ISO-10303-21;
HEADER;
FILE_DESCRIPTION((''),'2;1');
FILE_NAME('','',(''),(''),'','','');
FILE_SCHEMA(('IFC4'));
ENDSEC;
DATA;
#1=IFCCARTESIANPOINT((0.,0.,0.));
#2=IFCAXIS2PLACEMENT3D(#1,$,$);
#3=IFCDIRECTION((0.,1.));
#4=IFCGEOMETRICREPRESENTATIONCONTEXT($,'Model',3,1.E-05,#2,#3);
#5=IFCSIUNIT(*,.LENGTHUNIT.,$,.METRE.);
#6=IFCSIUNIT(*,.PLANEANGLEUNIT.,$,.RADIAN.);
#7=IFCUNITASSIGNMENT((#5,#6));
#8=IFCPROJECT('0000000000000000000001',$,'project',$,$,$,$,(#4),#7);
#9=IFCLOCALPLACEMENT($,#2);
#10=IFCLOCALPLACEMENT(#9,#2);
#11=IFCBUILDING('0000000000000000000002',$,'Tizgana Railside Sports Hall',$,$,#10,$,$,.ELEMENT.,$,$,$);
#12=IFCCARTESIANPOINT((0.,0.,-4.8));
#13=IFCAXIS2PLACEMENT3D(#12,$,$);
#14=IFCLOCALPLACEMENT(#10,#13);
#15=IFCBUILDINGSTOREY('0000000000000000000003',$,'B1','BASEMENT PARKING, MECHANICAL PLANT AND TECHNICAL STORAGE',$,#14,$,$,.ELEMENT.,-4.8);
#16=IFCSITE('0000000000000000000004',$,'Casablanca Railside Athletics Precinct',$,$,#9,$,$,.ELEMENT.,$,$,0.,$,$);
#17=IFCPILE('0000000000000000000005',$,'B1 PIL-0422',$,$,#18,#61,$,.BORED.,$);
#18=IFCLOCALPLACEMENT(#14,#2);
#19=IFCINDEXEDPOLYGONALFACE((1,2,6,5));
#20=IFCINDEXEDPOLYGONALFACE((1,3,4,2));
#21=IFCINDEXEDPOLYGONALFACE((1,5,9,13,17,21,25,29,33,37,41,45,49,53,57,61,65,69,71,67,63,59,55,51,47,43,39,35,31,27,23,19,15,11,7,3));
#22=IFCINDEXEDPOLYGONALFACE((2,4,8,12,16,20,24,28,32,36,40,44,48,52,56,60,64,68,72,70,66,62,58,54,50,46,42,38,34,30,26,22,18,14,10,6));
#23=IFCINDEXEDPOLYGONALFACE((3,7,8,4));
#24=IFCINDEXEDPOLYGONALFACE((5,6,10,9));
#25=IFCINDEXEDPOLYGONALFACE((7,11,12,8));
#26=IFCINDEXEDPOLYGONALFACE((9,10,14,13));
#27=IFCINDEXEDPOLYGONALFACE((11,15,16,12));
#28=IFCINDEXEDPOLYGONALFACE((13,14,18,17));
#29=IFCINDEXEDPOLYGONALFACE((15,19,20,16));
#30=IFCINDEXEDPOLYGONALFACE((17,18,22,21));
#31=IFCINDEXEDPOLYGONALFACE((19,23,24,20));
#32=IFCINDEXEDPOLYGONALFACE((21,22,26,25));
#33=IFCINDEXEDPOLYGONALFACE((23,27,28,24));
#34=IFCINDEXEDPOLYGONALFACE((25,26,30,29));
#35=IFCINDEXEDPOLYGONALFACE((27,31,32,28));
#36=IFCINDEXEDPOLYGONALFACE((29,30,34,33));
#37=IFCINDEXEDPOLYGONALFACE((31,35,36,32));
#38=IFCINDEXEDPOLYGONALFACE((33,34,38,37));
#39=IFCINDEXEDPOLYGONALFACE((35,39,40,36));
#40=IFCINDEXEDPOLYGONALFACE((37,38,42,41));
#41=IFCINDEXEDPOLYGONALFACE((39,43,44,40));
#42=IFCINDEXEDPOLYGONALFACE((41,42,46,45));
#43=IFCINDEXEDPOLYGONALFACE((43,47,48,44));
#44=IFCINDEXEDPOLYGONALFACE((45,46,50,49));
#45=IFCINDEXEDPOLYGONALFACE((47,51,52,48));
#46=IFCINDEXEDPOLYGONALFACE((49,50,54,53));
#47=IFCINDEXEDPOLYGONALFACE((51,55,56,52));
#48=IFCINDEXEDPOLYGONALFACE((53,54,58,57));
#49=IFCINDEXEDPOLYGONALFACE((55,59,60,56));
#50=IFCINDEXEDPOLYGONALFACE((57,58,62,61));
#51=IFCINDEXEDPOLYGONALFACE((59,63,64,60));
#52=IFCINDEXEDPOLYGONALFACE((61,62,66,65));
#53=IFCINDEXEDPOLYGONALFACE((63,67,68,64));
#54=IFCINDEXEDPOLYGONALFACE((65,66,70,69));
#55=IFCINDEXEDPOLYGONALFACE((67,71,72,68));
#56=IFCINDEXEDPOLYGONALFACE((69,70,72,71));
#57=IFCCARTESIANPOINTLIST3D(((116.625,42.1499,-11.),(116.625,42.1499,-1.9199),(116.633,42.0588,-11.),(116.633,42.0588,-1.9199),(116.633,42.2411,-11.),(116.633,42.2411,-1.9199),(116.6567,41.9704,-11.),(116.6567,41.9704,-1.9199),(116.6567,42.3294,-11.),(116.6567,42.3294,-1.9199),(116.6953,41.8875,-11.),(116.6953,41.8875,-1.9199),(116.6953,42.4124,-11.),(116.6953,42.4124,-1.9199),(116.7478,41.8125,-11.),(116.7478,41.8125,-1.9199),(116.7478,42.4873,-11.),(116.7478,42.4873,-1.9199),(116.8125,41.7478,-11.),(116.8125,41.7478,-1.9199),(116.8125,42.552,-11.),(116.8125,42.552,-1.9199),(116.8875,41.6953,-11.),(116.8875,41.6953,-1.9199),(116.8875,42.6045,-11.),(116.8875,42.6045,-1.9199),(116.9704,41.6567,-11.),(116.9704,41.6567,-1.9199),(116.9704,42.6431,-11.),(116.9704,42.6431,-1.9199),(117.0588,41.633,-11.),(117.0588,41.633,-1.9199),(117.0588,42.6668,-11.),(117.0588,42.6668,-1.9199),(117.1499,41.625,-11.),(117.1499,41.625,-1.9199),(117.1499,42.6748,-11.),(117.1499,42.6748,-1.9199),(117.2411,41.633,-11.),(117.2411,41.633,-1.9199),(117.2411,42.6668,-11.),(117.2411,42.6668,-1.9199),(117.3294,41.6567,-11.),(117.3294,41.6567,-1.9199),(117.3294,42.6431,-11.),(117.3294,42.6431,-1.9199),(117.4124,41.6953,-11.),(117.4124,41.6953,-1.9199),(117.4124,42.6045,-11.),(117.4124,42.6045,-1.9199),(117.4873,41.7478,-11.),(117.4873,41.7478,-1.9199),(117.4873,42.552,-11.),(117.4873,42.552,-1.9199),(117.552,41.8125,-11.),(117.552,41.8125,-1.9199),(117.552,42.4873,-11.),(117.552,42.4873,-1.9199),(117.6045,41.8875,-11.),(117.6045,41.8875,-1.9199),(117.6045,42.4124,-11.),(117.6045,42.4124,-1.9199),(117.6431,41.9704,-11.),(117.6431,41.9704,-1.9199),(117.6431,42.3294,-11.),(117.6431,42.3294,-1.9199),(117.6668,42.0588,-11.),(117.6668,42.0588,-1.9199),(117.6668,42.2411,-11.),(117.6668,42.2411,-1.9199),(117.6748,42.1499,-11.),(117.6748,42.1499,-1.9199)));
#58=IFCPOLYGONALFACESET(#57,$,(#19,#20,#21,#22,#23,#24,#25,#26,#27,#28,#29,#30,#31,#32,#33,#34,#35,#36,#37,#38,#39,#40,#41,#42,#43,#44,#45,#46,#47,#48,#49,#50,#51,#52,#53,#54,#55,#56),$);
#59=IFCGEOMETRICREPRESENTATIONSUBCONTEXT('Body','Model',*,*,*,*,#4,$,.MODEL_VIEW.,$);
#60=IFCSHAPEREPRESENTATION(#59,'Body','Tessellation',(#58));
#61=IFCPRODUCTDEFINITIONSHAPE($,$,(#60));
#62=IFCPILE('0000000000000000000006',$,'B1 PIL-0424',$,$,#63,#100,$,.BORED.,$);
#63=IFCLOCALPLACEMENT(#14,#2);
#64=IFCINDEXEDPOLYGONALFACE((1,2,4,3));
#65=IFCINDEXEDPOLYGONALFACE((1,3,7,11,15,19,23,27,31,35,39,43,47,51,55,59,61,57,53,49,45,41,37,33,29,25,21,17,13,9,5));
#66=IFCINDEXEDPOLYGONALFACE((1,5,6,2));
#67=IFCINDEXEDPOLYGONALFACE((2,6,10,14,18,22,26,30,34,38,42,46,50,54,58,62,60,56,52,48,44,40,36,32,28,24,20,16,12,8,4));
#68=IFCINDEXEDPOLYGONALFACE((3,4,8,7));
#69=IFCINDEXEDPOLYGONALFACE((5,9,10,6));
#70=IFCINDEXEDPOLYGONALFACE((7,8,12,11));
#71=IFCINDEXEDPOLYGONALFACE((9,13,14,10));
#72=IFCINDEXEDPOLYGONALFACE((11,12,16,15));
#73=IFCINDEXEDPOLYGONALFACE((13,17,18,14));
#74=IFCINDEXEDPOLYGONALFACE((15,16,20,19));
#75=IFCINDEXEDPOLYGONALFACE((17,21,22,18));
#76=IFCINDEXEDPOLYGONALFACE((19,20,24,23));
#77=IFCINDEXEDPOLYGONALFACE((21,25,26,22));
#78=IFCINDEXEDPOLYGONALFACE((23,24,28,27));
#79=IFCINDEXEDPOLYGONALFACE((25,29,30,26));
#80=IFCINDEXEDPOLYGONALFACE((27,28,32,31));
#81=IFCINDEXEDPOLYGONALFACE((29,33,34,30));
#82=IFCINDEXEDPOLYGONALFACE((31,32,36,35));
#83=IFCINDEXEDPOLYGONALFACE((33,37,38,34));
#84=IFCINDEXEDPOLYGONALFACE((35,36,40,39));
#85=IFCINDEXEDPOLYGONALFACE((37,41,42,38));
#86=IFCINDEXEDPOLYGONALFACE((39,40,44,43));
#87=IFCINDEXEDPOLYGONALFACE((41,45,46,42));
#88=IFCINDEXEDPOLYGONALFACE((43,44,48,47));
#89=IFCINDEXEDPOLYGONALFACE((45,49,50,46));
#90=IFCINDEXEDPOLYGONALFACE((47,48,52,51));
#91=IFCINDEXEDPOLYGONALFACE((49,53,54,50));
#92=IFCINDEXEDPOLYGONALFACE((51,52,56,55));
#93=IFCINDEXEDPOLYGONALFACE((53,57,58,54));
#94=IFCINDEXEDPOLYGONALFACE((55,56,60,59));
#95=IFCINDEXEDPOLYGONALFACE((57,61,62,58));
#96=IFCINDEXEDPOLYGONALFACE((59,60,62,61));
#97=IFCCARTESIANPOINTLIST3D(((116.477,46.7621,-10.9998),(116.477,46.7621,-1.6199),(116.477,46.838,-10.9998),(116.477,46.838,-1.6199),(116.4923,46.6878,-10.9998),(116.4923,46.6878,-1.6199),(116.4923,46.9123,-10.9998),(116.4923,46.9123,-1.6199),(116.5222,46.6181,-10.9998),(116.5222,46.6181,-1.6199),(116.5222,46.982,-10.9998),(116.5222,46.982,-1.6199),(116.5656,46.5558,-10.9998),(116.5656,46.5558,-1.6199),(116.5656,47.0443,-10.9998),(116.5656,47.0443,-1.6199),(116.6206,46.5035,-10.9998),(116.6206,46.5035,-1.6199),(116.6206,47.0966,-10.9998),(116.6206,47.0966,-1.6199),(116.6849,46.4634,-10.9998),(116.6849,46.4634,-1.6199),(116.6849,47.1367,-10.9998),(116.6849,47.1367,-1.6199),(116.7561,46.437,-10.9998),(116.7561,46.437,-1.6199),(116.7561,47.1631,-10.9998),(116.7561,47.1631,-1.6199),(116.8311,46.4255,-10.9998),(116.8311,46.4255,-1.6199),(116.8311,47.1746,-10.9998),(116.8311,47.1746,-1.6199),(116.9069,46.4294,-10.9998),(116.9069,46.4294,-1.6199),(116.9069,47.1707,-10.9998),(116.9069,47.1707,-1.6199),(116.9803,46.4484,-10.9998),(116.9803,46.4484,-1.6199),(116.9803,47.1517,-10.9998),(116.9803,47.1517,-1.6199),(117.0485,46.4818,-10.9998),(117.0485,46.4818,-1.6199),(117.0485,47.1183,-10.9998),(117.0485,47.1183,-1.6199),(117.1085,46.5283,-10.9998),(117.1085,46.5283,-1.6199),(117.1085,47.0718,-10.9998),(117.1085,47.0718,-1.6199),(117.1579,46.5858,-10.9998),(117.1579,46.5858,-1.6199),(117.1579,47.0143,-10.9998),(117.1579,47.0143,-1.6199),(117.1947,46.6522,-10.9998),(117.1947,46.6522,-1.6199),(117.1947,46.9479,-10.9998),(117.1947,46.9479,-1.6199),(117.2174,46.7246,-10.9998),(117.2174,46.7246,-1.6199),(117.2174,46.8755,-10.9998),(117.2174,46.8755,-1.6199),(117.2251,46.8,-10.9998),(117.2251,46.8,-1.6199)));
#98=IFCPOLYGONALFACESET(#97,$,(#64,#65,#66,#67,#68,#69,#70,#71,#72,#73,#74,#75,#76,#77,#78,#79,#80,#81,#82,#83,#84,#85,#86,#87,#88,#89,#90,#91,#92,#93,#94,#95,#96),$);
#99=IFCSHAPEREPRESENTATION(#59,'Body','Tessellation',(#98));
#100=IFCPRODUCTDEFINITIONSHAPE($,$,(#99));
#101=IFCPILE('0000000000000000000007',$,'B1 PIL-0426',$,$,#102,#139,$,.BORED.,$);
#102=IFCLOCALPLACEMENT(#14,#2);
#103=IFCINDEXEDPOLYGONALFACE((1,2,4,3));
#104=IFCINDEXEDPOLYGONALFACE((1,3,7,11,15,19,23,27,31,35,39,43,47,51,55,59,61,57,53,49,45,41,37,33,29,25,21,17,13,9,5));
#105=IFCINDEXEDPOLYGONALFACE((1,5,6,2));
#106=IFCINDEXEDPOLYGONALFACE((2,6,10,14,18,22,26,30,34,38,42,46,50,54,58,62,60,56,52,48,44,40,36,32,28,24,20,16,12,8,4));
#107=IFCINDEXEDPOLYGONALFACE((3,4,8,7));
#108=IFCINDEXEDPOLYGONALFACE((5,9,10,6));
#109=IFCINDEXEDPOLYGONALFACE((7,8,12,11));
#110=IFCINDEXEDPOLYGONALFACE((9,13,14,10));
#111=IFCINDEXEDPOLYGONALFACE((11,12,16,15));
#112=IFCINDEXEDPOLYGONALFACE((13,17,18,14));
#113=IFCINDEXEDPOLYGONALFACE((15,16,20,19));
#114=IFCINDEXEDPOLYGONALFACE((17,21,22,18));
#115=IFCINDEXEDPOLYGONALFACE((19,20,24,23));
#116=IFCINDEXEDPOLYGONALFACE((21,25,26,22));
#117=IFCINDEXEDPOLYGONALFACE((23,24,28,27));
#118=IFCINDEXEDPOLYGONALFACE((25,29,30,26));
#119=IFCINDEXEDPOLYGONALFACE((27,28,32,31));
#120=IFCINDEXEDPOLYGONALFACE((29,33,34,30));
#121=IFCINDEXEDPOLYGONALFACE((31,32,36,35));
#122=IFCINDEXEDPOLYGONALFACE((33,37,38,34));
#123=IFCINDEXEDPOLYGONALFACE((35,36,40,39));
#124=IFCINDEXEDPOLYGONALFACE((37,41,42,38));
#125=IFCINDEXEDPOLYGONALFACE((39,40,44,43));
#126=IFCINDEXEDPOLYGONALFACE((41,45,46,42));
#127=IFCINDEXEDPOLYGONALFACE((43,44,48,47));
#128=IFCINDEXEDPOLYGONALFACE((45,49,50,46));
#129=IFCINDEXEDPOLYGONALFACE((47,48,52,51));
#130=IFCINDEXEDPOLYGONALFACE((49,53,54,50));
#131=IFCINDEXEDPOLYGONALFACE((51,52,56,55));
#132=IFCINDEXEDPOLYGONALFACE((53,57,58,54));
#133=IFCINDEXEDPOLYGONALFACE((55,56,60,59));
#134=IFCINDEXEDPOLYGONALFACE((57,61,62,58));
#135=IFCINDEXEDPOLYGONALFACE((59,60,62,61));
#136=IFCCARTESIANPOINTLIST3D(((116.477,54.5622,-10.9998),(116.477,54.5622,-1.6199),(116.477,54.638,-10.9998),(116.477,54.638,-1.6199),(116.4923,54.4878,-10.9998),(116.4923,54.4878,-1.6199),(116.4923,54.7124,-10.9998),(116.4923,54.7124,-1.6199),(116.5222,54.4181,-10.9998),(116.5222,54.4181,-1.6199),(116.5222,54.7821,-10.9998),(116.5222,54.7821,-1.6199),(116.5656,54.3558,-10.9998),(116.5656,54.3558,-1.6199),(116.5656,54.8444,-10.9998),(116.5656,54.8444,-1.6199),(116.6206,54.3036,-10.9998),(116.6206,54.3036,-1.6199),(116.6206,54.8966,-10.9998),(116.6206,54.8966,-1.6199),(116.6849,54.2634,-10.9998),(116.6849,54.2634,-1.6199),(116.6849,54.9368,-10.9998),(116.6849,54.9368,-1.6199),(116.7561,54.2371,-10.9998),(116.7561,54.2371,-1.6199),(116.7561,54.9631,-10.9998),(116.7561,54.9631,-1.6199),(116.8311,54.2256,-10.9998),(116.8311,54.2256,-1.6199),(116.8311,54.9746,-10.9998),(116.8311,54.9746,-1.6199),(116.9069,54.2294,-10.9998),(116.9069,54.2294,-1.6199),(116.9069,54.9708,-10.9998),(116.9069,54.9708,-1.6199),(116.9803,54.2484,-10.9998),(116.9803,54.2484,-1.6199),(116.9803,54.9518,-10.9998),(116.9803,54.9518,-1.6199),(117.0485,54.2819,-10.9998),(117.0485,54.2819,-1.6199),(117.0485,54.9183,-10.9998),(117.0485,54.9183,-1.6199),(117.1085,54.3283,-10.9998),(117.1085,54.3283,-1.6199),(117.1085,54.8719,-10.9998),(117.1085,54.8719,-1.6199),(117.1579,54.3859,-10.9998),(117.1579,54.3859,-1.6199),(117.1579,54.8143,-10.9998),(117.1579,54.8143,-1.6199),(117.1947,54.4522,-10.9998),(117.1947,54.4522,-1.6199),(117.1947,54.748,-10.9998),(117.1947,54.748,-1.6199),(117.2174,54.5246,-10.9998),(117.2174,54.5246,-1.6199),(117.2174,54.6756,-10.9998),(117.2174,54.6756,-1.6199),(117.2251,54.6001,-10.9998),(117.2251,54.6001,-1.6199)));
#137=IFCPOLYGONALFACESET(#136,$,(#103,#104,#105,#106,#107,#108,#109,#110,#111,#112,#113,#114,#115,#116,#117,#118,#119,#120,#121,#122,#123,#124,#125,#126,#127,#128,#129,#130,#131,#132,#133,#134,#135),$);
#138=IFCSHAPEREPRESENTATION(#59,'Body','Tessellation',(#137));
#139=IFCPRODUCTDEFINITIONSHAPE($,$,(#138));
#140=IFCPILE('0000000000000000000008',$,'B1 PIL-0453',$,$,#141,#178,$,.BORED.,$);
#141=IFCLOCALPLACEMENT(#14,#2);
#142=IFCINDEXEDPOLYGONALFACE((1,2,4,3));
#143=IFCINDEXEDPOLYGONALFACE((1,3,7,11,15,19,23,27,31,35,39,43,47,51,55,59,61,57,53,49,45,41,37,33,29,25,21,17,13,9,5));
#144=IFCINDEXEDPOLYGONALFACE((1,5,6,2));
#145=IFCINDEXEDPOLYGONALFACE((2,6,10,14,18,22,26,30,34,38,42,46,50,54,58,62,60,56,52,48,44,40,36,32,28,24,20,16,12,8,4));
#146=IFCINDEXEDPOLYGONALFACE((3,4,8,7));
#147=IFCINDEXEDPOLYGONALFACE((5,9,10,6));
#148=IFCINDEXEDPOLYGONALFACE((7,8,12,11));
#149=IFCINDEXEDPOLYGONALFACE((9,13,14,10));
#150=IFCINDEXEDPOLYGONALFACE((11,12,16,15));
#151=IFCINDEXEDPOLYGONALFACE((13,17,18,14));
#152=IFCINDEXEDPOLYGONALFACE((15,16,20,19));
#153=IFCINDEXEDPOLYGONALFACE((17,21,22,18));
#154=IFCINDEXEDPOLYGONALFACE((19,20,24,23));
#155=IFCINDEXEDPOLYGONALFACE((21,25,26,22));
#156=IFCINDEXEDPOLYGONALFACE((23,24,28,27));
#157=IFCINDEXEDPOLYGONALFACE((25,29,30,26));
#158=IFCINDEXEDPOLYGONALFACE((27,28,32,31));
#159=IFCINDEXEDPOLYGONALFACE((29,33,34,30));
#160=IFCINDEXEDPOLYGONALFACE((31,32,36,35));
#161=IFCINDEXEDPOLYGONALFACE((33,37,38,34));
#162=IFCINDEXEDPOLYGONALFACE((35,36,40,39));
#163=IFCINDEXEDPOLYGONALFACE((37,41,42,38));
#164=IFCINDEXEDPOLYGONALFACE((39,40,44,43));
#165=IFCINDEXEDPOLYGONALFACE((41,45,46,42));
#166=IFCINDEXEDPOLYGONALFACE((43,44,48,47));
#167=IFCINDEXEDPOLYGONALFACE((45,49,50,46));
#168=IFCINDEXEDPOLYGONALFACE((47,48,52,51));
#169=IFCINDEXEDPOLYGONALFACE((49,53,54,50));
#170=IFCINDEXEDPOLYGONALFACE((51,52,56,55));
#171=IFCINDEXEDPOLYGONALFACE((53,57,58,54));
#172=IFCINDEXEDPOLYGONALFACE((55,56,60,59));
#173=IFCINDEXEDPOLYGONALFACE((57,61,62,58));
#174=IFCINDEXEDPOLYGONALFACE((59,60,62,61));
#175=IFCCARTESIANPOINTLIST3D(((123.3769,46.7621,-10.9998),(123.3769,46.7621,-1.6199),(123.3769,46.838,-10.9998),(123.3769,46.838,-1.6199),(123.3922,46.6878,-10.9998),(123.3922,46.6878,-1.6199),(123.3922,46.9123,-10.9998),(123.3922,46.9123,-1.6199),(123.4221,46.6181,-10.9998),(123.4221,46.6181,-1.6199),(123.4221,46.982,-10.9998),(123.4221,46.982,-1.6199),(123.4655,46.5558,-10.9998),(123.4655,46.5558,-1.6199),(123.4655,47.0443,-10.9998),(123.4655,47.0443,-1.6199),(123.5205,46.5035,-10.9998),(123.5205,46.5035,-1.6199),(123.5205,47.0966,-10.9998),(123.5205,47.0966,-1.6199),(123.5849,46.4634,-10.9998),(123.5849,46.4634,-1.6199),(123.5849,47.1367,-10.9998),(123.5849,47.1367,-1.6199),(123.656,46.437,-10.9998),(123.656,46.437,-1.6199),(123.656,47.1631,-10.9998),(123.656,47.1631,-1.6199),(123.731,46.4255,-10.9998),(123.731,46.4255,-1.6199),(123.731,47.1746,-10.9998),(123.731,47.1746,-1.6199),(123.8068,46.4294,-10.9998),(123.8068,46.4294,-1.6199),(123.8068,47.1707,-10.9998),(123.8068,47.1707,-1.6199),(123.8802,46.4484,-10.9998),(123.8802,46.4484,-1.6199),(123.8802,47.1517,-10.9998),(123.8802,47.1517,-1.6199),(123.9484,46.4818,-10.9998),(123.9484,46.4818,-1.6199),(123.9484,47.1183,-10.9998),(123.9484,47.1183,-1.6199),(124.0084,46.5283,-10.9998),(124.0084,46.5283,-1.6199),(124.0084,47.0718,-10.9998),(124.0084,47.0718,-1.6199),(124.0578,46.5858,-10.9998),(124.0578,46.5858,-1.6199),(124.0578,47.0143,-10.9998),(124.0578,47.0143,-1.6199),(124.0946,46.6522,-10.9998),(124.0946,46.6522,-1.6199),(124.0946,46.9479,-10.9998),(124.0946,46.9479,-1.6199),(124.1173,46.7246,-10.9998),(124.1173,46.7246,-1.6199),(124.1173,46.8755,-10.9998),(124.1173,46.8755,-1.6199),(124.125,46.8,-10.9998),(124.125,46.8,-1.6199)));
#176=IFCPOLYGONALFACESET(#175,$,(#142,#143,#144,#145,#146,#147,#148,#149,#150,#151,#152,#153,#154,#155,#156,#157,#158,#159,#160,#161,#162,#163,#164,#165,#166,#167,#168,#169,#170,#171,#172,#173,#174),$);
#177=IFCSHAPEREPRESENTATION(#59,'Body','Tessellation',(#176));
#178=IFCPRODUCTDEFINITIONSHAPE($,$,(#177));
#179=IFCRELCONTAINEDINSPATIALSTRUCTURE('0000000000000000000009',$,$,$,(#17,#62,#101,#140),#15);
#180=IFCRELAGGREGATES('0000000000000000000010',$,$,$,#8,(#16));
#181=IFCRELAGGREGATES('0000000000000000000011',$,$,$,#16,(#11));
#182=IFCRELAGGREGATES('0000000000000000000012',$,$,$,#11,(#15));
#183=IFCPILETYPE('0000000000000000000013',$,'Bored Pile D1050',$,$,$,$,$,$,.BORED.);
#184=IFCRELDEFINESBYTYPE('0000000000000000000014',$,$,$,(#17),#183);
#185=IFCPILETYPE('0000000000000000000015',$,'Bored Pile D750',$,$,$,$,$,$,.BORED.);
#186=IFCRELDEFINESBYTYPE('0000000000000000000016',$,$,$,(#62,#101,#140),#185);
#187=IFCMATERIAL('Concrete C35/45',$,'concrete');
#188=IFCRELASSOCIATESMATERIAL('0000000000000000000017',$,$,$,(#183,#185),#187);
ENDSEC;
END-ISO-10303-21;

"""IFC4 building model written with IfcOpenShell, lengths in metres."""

from ifc_helpers import new_model, si_unit, direction, frame, origin, origin_2d, place, context, subcontext, project, spatial, circle, extrude, material, material_profile, profile_set, type_object, element, save


model = new_model("IFC4")

# Units and contexts
model_context = context("Model", 3, precision=1e-05, world=origin(), true_north=direction((0.0, 1.0)))
body_context = subcontext(model_context, "Body", "Model", "MODEL_VIEW")
ifc_project = project(units=[si_unit("LENGTHUNIT", "METRE"), si_unit("PLANEANGLEUNIT", "RADIAN")], contexts=[model_context])

# Site, building, storey
site_placement = place(None, origin())
site = spatial("IfcSite", under=ifc_project, at=site_placement, Name="Casablanca Railside Athletics Precinct", CompositionType="ELEMENT", RefElevation=0.0)
building_placement = place(site_placement, origin())
building = spatial("IfcBuilding", under=site, at=building_placement, Name="Tizgana Railside Sports Hall", CompositionType="ELEMENT")
storey_placement = place(building_placement, frame((0.0, 0.0, -4.8)))
storey = spatial("IfcBuildingStorey", under=building, at=storey_placement, Name="B1", Description="BASEMENT PARKING, MECHANICAL PLANT AND TECHNICAL STORAGE", CompositionType="ELEMENT", Elevation=-4.8)

# Piles
ifc_material_1 = material(Name="Concrete C35/45", Category="concrete")
ifc_material_profile_1 = material_profile(ifc_material_1, circle(Radius=0.5249, at=origin_2d()), Name="PILE D1050")
ifc_profile_set_1 = profile_set([ifc_material_profile_1], Name="Concrete C35/45")
pile_type_1 = type_object("IfcPileType", Name="Bored Pile D1050", PredefinedType="BORED", material=ifc_profile_set_1)
pile_placement = place(storey_placement, frame((117.1499, 42.1499, -1.9199), z_axis=(0.0, 0.0, -1.0), x_axis=(1.0, 0.0, 0.0)))
element("IfcPile", 1, at=pile_placement, inside=storey, type_object=pile_type_1, Name="B1 PIL-0422", PredefinedType="BORED", context=body_context, shape_type="SweptSolid", body=[
    extrude(circle(Radius=0.5249, at=origin_2d()), origin(), (0.0, 0.0, 1.0), 9.0801),
])
ifc_material_profile_2 = material_profile(ifc_material_1, circle(Radius=0.375, at=origin_2d()), Name="PILE D750")
ifc_profile_set_2 = profile_set([ifc_material_profile_2], Name="Concrete C35/45")
pile_type_2 = type_object("IfcPileType", Name="Bored Pile D750", PredefinedType="BORED", material=ifc_profile_set_2)
for number, where, z_axis, x_axis, name in (
    (2, (116.8501, 46.8, -1.6199), (0.0, 0.0, -1.0), (1.0, 0.0, 0.0), "B1 PIL-0424"),
    (3, (116.8501, 54.6001, -1.6199), (0.0, 0.0, -1.0), (1.0, 0.0, 0.0), "B1 PIL-0426"),
    (4, (123.75, 46.8, -1.6199), (0.0, 0.0, -1.0), (1.0, 0.0, 0.0), "B1 PIL-0453"),
):
    element("IfcPile", number, at=place(storey_placement, frame(where, z_axis=z_axis, x_axis=x_axis)), inside=storey, type_object=pile_type_2, Name=name, PredefinedType="BORED", context=body_context, shape_type="SweptSolid", body=[
        extrude(circle(Radius=0.375, at=origin_2d()), origin(), (0.0, 0.0, 1.0), 9.3799),
    ])

save(model, "model.ifc")
